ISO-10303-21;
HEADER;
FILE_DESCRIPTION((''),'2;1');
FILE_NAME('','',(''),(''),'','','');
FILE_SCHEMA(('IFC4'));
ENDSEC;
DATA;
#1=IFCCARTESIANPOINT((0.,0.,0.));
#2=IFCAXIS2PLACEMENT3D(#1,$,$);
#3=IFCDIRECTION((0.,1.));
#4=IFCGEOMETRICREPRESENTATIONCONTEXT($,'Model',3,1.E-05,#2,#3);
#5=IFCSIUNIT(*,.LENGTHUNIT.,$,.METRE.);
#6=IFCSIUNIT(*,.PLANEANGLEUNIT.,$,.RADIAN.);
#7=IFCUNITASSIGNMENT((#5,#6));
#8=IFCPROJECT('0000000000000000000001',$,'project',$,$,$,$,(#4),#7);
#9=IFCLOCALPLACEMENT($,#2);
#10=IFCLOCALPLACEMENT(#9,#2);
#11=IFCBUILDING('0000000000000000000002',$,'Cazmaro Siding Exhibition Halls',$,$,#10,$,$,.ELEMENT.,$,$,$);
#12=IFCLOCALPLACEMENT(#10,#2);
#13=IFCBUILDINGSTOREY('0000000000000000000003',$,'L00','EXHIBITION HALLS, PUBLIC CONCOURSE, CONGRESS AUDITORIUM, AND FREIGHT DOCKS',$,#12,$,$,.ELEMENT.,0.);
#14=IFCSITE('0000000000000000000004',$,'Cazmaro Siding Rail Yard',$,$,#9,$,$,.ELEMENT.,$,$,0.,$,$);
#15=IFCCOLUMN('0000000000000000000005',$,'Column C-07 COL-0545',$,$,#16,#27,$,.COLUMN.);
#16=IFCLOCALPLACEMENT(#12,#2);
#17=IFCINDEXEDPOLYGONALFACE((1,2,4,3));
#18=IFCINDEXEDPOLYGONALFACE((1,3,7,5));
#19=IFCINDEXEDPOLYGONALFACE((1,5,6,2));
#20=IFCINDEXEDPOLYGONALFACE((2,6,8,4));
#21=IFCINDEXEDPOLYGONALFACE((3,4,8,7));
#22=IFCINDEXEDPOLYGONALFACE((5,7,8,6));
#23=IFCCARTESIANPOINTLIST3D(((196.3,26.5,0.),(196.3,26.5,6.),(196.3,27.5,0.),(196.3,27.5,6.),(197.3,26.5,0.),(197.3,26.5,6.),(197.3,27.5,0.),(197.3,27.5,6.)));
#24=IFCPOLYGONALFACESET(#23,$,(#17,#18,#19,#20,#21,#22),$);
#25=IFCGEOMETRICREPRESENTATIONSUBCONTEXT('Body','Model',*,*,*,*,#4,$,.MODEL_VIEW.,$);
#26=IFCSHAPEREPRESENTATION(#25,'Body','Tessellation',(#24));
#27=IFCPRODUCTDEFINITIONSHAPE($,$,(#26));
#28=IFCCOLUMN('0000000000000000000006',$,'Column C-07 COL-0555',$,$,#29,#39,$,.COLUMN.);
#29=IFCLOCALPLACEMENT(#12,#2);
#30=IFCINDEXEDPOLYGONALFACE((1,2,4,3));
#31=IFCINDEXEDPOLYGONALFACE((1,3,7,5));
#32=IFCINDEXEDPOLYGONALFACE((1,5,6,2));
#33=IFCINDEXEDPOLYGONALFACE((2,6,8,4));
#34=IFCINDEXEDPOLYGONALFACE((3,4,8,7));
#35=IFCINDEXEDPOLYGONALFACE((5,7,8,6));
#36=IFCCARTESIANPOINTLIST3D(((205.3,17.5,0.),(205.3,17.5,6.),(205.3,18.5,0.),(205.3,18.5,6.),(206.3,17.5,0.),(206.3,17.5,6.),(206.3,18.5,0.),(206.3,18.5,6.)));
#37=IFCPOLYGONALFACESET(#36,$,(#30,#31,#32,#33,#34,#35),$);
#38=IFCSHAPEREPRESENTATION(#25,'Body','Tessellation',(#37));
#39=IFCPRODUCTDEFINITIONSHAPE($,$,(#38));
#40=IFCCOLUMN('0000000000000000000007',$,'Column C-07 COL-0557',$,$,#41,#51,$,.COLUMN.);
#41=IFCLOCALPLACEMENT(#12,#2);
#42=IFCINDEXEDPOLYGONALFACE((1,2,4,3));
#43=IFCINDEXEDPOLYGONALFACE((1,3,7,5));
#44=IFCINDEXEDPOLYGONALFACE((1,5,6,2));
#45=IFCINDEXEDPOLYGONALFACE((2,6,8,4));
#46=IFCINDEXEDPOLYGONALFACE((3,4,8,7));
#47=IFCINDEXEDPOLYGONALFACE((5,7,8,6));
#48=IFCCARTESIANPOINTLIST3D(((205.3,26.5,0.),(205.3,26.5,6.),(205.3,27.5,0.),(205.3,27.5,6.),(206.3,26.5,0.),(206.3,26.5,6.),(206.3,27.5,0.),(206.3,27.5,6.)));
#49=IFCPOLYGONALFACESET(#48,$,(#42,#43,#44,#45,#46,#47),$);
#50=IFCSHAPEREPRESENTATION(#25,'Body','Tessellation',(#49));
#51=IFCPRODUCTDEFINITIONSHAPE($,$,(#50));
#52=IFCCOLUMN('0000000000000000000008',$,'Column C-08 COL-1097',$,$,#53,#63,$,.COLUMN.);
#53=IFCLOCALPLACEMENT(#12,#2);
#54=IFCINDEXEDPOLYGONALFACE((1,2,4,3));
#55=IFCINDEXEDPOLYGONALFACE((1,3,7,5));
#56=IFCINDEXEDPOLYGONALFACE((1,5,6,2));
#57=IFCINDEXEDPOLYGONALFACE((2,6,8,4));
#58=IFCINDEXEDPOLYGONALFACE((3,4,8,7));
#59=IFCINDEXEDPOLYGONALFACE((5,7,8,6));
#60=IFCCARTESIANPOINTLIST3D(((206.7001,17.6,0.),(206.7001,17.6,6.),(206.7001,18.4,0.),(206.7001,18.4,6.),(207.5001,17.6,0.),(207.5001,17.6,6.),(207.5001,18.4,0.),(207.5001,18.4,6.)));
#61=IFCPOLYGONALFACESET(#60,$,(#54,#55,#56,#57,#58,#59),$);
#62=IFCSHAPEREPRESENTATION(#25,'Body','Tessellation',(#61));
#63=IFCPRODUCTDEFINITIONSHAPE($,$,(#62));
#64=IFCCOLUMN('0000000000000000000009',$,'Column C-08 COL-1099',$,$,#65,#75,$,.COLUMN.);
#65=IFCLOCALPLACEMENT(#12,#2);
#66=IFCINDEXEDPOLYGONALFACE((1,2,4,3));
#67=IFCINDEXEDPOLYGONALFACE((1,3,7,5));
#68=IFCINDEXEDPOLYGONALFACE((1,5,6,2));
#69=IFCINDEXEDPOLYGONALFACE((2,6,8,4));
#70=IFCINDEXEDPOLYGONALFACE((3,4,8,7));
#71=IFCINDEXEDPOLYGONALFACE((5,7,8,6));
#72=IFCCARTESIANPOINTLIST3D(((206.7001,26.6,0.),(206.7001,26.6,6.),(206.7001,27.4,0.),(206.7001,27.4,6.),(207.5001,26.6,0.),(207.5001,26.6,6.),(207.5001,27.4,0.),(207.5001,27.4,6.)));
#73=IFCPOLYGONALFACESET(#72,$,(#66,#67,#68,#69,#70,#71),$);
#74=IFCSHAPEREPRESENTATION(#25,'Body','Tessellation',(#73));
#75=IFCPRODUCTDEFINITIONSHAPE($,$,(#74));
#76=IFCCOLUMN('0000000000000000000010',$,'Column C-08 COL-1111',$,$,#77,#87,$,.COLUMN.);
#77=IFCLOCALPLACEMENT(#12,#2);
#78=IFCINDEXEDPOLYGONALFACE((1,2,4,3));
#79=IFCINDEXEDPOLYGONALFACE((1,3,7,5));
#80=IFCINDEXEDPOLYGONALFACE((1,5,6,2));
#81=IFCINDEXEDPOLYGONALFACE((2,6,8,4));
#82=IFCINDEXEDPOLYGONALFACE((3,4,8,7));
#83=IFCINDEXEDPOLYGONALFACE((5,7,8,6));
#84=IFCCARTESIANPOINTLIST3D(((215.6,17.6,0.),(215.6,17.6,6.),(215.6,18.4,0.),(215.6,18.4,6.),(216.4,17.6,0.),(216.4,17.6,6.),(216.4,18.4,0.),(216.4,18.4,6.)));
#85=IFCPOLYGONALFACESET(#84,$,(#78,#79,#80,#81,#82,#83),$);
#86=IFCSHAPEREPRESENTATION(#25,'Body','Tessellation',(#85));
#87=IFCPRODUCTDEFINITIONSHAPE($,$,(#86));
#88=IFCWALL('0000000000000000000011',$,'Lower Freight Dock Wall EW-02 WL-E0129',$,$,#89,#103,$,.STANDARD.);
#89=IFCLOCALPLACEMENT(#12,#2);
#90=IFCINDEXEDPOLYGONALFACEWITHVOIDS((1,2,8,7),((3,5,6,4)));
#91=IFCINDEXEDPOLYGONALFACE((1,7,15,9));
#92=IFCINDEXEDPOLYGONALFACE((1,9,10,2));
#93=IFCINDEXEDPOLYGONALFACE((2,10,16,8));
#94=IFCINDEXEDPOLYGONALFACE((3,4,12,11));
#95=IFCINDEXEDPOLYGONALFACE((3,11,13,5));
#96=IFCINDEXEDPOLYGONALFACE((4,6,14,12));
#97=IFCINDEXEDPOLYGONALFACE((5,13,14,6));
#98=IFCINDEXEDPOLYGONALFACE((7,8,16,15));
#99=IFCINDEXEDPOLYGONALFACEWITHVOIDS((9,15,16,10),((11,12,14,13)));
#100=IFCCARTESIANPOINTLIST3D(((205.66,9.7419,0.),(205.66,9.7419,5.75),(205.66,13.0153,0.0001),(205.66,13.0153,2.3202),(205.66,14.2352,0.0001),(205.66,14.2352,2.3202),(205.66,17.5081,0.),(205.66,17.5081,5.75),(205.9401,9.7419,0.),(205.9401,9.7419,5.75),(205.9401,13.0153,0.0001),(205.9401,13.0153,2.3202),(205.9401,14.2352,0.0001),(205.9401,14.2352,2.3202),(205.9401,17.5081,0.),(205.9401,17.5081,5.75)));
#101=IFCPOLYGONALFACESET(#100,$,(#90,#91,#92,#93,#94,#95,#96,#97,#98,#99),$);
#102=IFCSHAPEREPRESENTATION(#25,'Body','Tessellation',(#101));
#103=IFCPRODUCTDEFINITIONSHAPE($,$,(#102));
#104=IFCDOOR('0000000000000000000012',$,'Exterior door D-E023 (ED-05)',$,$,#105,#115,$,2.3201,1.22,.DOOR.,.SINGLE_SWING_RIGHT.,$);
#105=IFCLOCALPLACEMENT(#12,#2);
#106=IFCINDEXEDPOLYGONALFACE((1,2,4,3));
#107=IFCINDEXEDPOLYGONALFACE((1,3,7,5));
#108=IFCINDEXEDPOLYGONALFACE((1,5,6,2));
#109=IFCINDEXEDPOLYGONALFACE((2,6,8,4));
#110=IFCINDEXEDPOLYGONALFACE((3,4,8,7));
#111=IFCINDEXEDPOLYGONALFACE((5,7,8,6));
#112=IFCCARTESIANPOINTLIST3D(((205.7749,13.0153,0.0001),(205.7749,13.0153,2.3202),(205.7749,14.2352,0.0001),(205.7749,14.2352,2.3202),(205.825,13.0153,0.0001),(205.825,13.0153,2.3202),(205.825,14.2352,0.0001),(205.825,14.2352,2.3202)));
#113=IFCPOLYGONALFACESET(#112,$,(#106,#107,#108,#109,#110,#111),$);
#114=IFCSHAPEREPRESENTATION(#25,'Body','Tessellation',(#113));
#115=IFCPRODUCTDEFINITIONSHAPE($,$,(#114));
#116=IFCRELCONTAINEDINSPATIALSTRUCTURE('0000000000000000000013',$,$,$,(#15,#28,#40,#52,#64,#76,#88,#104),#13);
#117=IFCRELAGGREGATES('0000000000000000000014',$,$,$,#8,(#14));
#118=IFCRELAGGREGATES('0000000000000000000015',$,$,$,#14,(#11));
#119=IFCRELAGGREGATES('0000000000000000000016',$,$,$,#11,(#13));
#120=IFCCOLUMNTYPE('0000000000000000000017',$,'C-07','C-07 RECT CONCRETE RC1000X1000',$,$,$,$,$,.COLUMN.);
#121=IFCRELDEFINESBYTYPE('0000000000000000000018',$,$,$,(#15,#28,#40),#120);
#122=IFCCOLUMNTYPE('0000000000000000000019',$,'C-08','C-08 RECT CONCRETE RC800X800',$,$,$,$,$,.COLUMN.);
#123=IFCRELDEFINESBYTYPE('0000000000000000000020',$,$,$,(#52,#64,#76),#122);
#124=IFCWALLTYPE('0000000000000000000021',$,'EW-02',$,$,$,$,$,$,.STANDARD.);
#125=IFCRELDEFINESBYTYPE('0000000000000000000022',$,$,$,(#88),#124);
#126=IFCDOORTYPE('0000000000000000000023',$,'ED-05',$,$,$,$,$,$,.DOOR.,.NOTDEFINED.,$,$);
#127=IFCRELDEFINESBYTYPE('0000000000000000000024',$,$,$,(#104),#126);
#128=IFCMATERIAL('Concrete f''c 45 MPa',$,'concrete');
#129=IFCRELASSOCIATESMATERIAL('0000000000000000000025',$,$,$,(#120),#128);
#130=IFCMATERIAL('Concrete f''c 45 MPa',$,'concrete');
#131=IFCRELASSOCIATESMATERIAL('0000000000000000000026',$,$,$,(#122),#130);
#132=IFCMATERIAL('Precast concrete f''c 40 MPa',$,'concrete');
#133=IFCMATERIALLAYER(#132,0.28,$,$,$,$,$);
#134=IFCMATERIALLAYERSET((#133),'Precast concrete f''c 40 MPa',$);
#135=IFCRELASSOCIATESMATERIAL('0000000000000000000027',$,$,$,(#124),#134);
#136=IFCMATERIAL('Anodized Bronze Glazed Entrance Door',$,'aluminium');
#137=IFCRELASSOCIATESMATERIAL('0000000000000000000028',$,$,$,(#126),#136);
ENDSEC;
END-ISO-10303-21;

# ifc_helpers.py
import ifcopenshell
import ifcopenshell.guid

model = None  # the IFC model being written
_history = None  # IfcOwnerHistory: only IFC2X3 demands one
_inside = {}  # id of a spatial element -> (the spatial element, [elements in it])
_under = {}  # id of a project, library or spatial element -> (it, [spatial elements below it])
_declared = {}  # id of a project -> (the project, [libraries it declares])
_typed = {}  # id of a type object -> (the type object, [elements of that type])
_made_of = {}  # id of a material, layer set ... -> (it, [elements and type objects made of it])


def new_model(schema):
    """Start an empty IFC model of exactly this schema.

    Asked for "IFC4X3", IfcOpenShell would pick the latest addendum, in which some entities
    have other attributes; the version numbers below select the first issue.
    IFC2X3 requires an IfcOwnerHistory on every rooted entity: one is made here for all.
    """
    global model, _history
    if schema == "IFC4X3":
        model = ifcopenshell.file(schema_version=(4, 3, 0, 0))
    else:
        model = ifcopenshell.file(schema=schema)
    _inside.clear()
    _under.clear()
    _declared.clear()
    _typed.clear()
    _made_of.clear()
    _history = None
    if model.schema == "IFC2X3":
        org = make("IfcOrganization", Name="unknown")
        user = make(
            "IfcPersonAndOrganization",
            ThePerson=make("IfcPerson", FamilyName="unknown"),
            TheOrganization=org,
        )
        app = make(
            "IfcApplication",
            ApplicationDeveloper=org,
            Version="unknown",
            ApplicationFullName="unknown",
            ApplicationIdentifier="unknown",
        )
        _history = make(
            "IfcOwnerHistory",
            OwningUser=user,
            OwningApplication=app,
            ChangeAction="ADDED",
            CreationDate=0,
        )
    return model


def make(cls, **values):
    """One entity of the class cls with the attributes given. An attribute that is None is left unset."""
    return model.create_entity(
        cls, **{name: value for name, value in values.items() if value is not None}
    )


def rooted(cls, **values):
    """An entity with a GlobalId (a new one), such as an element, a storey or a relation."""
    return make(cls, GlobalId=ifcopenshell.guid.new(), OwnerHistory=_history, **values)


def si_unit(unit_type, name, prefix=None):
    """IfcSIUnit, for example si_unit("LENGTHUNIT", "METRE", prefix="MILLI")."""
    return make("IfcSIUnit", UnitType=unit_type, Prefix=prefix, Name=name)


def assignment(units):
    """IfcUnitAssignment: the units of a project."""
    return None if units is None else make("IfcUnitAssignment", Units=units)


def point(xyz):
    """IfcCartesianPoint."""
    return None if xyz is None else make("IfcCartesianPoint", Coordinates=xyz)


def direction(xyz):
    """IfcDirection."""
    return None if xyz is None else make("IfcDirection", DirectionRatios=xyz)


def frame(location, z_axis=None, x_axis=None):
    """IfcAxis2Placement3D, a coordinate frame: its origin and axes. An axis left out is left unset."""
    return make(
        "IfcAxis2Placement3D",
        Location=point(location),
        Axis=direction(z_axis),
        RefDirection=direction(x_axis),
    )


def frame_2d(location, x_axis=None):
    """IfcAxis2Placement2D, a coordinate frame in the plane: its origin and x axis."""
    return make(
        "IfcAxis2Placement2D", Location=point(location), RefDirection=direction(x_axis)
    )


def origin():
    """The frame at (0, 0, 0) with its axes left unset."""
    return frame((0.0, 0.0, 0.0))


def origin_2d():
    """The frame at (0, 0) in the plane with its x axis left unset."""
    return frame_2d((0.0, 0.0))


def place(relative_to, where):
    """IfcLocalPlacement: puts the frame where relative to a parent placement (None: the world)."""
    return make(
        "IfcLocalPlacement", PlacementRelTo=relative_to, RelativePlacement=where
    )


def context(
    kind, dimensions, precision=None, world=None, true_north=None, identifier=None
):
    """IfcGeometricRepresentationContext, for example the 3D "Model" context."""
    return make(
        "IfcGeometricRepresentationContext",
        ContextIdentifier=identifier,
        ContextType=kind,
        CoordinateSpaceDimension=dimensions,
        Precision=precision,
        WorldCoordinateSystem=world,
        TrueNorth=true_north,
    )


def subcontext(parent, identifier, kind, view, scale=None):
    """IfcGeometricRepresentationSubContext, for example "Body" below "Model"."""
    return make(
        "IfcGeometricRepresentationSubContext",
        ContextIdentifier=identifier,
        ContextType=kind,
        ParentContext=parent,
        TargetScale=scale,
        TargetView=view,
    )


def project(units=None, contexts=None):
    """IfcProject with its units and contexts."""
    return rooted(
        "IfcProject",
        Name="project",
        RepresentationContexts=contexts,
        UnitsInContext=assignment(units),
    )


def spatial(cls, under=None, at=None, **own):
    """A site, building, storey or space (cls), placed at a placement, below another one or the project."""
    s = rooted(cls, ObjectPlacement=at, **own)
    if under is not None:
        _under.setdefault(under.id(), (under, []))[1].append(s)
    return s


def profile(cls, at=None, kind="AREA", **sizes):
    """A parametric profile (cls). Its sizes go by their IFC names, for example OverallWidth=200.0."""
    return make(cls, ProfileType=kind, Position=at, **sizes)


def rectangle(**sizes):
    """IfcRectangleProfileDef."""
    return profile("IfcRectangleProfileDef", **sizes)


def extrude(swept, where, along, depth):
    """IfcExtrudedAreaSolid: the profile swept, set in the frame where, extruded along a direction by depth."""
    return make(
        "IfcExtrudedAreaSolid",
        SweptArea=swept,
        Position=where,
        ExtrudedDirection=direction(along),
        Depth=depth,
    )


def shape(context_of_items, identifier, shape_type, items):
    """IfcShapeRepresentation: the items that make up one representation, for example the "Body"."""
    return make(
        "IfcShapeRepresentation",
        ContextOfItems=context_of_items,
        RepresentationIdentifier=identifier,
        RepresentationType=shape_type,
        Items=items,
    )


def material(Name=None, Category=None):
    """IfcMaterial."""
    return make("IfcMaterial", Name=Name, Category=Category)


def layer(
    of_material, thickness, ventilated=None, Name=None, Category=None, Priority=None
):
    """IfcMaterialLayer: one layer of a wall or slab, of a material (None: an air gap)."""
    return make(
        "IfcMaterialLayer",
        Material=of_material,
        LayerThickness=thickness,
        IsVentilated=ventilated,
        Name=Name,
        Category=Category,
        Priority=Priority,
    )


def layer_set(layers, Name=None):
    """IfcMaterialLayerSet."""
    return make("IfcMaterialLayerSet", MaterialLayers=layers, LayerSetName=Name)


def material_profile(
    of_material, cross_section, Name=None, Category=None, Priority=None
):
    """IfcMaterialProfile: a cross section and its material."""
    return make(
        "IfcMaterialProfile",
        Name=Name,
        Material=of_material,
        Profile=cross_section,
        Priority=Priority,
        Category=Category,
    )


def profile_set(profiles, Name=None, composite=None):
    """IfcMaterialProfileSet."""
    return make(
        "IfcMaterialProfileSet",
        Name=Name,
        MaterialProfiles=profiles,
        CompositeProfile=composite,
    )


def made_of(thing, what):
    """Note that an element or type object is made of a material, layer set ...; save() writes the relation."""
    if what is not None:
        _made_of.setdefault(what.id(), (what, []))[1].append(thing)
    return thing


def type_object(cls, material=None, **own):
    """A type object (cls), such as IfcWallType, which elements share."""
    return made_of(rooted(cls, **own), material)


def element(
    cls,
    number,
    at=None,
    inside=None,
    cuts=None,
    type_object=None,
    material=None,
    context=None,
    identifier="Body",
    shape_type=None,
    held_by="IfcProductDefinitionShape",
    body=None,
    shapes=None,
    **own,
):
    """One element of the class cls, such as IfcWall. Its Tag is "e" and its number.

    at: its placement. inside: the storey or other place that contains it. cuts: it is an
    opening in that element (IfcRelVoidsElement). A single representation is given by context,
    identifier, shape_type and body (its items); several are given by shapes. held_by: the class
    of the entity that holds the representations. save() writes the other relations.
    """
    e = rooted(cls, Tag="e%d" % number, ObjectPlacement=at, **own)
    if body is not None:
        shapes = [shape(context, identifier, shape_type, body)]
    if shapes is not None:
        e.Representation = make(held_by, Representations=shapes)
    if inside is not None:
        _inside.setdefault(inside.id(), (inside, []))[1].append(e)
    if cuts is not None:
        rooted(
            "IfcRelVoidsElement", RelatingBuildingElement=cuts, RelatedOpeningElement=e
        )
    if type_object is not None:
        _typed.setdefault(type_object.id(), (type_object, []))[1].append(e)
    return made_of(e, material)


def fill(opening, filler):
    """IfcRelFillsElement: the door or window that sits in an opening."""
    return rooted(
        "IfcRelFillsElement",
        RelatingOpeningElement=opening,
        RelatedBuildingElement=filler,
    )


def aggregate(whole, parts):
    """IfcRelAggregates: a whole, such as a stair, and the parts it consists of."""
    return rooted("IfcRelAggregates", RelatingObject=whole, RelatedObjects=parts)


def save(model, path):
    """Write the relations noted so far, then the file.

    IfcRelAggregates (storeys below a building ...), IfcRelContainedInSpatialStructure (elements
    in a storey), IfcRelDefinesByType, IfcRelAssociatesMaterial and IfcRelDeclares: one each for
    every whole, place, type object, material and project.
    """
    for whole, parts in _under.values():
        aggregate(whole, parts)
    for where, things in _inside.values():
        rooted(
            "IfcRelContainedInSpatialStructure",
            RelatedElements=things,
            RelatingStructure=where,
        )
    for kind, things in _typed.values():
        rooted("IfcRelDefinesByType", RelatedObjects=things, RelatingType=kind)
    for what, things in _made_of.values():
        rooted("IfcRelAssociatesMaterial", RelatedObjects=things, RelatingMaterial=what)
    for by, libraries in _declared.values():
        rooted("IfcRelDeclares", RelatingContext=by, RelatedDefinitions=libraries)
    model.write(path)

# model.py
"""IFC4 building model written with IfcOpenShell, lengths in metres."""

from ifc_helpers import new_model, si_unit, direction, frame, frame_2d, origin, origin_2d, place, context, subcontext, project, spatial, rectangle, extrude, material, layer, layer_set, material_profile, profile_set, type_object, element, fill, save


model = new_model("IFC4")

# Units and contexts
model_context = context("Model", 3, precision=1e-05, world=origin(), true_north=direction((0.0, 1.0)))
body_context = subcontext(model_context, "Body", "Model", "MODEL_VIEW")
ifc_project = project(units=[si_unit("LENGTHUNIT", "METRE"), si_unit("PLANEANGLEUNIT", "RADIAN")], contexts=[model_context])

# Site, building, storey
site_placement = place(None, origin())
site = spatial("IfcSite", under=ifc_project, at=site_placement, Name="Cazmaro Siding Rail Yard", CompositionType="ELEMENT", RefElevation=0.0)
building_placement = place(site_placement, origin())
building = spatial("IfcBuilding", under=site, at=building_placement, Name="Cazmaro Siding Exhibition Halls", CompositionType="ELEMENT")
storey_placement = place(building_placement, origin())
storey = spatial("IfcBuildingStorey", under=building, at=storey_placement, Name="L00", Description="EXHIBITION HALLS, PUBLIC CONCOURSE, CONGRESS AUDITORIUM, AND FREIGHT DOCKS", CompositionType="ELEMENT", Elevation=0.0)

# Columns
ifc_material_1 = material(Name="Concrete f'c 45 MPa", Category="concrete")
ifc_material_profile_1 = material_profile(ifc_material_1, rectangle(XDim=1.0, YDim=1.0, at=origin_2d()), Name="RC1000X1000")
ifc_profile_set_1 = profile_set([ifc_material_profile_1], Name="Concrete f'c 45 MPa")
column_type_1 = type_object("IfcColumnType", Name="C-07", Description="C-07 RECT CONCRETE RC1000X1000", PredefinedType="COLUMN", material=ifc_profile_set_1)
for number, where, z_axis, x_axis, name in (
    (1, (196.8, 27.0, 0.0), (0.0, 0.0, 1.0), (1.0, 0.0, 0.0), "Column C-07 COL-0545"),
    (2, (205.8, 18.0, 0.0), (0.0, 0.0, 1.0), (1.0, 0.0, 0.0), "Column C-07 COL-0555"),
    (3, (205.8, 27.0, 0.0), (0.0, 0.0, 1.0), (1.0, 0.0, 0.0), "Column C-07 COL-0557"),
):
    element("IfcColumn", number, at=place(storey_placement, frame(where, z_axis=z_axis, x_axis=x_axis)), inside=storey, type_object=column_type_1, Name=name, PredefinedType="COLUMN", context=body_context, shape_type="SweptSolid", body=[
        extrude(rectangle(XDim=1.0, YDim=1.0, at=origin_2d()), origin(), (0.0, 0.0, 1.0), 6.0),
    ])
ifc_material_2 = material(Name="Concrete f'c 45 MPa", Category="concrete")
ifc_material_profile_2 = material_profile(ifc_material_2, rectangle(XDim=0.8, YDim=0.8, at=origin_2d()), Name="RC800X800")
ifc_profile_set_2 = profile_set([ifc_material_profile_2], Name="Concrete f'c 45 MPa")
column_type_2 = type_object("IfcColumnType", Name="C-08", Description="C-08 RECT CONCRETE RC800X800", PredefinedType="COLUMN", material=ifc_profile_set_2)
for number, where, z_axis, x_axis, name in (
    (4, (207.1001, 18.0, 0.0), (0.0, 0.0, 1.0), (1.0, 0.0, 0.0), "Column C-08 COL-1097"),
    (5, (207.1001, 27.0, 0.0), (0.0, 0.0, 1.0), (1.0, 0.0, 0.0), "Column C-08 COL-1099"),
    (6, (216.0, 18.0, 0.0), (0.0, 0.0, 1.0), (1.0, 0.0, 0.0), "Column C-08 COL-1111"),
):
    element("IfcColumn", number, at=place(storey_placement, frame(where, z_axis=z_axis, x_axis=x_axis)), inside=storey, type_object=column_type_2, Name=name, PredefinedType="COLUMN", context=body_context, shape_type="SweptSolid", body=[
        extrude(rectangle(XDim=0.8, YDim=0.8, at=origin_2d()), origin(), (0.0, 0.0, 1.0), 6.0),
    ])

# Wall, opening, door
ifc_material_3 = material(Name="Precast concrete f'c 40 MPa", Category="concrete")
ifc_layer = layer(ifc_material_3, 0.28)
ifc_layer_set = layer_set([ifc_layer], Name="Precast concrete f'c 40 MPa")
wall_type = type_object("IfcWallType", Name="EW-02", PredefinedType="STANDARD", material=ifc_layer_set)
wall_1_placement = place(storey_placement, frame((205.8, 17.5081, 0.0), z_axis=(0.0, 0.0, 1.0), x_axis=(0.0, -1.0, 0.0)))
wall_1 = element("IfcWall", 7, at=wall_1_placement, inside=storey, type_object=wall_type, Name="Lower Freight Dock Wall EW-02 WL-E0129", PredefinedType="STANDARD", context=body_context, shape_type="SweptSolid", body=[
    extrude(rectangle(XDim=7.7661, YDim=0.28, at=frame_2d((3.8831, 0.0))), origin(), (0.0, 0.0, 1.0), 5.75),
])
opening_1_placement = place(wall_1_placement, frame((3.2729, 0.0, 0.0)))
opening_1 = element("IfcOpeningElement", 8, at=opening_1_placement, cuts=wall_1, PredefinedType="OPENING", context=body_context, shape_type="SweptSolid", body=[
    extrude(rectangle(XDim=1.22, YDim=2.3201, at=frame_2d((0.6099, 1.1602))), frame((0.0, 0.1499, 0.0), z_axis=(0.0, -1.0, 0.0), x_axis=(1.0, 0.0, 0.0)), (0.0, 0.0, 1.0), 0.3),
])
ifc_material_4 = material(Name="Anodized Bronze Glazed Entrance Door", Category="aluminium")
door_type_1 = type_object("IfcDoorType", Name="ED-05", OperationType="NOTDEFINED", PredefinedType="DOOR", material=ifc_material_4)
door_1_placement = place(opening_1_placement, origin())
door_1 = element("IfcDoor", 9, at=door_1_placement, inside=storey, type_object=door_type_1, Name="Exterior door D-E023 (ED-05)", OperationType="SINGLE_SWING_RIGHT", OverallHeight=2.3201, OverallWidth=1.22, PredefinedType="DOOR", context=body_context, shape_type="SweptSolid", body=[
    extrude(rectangle(XDim=1.22, YDim=2.3201, at=frame_2d((0.6099, 1.1602))), frame((0.0, 0.0249, 0.0), z_axis=(0.0, -1.0, 0.0), x_axis=(1.0, 0.0, 0.0)), (0.0, 0.0, 1.0), 0.05),
])
fill(opening_1, door_1)

save(model, "model.ifc")
